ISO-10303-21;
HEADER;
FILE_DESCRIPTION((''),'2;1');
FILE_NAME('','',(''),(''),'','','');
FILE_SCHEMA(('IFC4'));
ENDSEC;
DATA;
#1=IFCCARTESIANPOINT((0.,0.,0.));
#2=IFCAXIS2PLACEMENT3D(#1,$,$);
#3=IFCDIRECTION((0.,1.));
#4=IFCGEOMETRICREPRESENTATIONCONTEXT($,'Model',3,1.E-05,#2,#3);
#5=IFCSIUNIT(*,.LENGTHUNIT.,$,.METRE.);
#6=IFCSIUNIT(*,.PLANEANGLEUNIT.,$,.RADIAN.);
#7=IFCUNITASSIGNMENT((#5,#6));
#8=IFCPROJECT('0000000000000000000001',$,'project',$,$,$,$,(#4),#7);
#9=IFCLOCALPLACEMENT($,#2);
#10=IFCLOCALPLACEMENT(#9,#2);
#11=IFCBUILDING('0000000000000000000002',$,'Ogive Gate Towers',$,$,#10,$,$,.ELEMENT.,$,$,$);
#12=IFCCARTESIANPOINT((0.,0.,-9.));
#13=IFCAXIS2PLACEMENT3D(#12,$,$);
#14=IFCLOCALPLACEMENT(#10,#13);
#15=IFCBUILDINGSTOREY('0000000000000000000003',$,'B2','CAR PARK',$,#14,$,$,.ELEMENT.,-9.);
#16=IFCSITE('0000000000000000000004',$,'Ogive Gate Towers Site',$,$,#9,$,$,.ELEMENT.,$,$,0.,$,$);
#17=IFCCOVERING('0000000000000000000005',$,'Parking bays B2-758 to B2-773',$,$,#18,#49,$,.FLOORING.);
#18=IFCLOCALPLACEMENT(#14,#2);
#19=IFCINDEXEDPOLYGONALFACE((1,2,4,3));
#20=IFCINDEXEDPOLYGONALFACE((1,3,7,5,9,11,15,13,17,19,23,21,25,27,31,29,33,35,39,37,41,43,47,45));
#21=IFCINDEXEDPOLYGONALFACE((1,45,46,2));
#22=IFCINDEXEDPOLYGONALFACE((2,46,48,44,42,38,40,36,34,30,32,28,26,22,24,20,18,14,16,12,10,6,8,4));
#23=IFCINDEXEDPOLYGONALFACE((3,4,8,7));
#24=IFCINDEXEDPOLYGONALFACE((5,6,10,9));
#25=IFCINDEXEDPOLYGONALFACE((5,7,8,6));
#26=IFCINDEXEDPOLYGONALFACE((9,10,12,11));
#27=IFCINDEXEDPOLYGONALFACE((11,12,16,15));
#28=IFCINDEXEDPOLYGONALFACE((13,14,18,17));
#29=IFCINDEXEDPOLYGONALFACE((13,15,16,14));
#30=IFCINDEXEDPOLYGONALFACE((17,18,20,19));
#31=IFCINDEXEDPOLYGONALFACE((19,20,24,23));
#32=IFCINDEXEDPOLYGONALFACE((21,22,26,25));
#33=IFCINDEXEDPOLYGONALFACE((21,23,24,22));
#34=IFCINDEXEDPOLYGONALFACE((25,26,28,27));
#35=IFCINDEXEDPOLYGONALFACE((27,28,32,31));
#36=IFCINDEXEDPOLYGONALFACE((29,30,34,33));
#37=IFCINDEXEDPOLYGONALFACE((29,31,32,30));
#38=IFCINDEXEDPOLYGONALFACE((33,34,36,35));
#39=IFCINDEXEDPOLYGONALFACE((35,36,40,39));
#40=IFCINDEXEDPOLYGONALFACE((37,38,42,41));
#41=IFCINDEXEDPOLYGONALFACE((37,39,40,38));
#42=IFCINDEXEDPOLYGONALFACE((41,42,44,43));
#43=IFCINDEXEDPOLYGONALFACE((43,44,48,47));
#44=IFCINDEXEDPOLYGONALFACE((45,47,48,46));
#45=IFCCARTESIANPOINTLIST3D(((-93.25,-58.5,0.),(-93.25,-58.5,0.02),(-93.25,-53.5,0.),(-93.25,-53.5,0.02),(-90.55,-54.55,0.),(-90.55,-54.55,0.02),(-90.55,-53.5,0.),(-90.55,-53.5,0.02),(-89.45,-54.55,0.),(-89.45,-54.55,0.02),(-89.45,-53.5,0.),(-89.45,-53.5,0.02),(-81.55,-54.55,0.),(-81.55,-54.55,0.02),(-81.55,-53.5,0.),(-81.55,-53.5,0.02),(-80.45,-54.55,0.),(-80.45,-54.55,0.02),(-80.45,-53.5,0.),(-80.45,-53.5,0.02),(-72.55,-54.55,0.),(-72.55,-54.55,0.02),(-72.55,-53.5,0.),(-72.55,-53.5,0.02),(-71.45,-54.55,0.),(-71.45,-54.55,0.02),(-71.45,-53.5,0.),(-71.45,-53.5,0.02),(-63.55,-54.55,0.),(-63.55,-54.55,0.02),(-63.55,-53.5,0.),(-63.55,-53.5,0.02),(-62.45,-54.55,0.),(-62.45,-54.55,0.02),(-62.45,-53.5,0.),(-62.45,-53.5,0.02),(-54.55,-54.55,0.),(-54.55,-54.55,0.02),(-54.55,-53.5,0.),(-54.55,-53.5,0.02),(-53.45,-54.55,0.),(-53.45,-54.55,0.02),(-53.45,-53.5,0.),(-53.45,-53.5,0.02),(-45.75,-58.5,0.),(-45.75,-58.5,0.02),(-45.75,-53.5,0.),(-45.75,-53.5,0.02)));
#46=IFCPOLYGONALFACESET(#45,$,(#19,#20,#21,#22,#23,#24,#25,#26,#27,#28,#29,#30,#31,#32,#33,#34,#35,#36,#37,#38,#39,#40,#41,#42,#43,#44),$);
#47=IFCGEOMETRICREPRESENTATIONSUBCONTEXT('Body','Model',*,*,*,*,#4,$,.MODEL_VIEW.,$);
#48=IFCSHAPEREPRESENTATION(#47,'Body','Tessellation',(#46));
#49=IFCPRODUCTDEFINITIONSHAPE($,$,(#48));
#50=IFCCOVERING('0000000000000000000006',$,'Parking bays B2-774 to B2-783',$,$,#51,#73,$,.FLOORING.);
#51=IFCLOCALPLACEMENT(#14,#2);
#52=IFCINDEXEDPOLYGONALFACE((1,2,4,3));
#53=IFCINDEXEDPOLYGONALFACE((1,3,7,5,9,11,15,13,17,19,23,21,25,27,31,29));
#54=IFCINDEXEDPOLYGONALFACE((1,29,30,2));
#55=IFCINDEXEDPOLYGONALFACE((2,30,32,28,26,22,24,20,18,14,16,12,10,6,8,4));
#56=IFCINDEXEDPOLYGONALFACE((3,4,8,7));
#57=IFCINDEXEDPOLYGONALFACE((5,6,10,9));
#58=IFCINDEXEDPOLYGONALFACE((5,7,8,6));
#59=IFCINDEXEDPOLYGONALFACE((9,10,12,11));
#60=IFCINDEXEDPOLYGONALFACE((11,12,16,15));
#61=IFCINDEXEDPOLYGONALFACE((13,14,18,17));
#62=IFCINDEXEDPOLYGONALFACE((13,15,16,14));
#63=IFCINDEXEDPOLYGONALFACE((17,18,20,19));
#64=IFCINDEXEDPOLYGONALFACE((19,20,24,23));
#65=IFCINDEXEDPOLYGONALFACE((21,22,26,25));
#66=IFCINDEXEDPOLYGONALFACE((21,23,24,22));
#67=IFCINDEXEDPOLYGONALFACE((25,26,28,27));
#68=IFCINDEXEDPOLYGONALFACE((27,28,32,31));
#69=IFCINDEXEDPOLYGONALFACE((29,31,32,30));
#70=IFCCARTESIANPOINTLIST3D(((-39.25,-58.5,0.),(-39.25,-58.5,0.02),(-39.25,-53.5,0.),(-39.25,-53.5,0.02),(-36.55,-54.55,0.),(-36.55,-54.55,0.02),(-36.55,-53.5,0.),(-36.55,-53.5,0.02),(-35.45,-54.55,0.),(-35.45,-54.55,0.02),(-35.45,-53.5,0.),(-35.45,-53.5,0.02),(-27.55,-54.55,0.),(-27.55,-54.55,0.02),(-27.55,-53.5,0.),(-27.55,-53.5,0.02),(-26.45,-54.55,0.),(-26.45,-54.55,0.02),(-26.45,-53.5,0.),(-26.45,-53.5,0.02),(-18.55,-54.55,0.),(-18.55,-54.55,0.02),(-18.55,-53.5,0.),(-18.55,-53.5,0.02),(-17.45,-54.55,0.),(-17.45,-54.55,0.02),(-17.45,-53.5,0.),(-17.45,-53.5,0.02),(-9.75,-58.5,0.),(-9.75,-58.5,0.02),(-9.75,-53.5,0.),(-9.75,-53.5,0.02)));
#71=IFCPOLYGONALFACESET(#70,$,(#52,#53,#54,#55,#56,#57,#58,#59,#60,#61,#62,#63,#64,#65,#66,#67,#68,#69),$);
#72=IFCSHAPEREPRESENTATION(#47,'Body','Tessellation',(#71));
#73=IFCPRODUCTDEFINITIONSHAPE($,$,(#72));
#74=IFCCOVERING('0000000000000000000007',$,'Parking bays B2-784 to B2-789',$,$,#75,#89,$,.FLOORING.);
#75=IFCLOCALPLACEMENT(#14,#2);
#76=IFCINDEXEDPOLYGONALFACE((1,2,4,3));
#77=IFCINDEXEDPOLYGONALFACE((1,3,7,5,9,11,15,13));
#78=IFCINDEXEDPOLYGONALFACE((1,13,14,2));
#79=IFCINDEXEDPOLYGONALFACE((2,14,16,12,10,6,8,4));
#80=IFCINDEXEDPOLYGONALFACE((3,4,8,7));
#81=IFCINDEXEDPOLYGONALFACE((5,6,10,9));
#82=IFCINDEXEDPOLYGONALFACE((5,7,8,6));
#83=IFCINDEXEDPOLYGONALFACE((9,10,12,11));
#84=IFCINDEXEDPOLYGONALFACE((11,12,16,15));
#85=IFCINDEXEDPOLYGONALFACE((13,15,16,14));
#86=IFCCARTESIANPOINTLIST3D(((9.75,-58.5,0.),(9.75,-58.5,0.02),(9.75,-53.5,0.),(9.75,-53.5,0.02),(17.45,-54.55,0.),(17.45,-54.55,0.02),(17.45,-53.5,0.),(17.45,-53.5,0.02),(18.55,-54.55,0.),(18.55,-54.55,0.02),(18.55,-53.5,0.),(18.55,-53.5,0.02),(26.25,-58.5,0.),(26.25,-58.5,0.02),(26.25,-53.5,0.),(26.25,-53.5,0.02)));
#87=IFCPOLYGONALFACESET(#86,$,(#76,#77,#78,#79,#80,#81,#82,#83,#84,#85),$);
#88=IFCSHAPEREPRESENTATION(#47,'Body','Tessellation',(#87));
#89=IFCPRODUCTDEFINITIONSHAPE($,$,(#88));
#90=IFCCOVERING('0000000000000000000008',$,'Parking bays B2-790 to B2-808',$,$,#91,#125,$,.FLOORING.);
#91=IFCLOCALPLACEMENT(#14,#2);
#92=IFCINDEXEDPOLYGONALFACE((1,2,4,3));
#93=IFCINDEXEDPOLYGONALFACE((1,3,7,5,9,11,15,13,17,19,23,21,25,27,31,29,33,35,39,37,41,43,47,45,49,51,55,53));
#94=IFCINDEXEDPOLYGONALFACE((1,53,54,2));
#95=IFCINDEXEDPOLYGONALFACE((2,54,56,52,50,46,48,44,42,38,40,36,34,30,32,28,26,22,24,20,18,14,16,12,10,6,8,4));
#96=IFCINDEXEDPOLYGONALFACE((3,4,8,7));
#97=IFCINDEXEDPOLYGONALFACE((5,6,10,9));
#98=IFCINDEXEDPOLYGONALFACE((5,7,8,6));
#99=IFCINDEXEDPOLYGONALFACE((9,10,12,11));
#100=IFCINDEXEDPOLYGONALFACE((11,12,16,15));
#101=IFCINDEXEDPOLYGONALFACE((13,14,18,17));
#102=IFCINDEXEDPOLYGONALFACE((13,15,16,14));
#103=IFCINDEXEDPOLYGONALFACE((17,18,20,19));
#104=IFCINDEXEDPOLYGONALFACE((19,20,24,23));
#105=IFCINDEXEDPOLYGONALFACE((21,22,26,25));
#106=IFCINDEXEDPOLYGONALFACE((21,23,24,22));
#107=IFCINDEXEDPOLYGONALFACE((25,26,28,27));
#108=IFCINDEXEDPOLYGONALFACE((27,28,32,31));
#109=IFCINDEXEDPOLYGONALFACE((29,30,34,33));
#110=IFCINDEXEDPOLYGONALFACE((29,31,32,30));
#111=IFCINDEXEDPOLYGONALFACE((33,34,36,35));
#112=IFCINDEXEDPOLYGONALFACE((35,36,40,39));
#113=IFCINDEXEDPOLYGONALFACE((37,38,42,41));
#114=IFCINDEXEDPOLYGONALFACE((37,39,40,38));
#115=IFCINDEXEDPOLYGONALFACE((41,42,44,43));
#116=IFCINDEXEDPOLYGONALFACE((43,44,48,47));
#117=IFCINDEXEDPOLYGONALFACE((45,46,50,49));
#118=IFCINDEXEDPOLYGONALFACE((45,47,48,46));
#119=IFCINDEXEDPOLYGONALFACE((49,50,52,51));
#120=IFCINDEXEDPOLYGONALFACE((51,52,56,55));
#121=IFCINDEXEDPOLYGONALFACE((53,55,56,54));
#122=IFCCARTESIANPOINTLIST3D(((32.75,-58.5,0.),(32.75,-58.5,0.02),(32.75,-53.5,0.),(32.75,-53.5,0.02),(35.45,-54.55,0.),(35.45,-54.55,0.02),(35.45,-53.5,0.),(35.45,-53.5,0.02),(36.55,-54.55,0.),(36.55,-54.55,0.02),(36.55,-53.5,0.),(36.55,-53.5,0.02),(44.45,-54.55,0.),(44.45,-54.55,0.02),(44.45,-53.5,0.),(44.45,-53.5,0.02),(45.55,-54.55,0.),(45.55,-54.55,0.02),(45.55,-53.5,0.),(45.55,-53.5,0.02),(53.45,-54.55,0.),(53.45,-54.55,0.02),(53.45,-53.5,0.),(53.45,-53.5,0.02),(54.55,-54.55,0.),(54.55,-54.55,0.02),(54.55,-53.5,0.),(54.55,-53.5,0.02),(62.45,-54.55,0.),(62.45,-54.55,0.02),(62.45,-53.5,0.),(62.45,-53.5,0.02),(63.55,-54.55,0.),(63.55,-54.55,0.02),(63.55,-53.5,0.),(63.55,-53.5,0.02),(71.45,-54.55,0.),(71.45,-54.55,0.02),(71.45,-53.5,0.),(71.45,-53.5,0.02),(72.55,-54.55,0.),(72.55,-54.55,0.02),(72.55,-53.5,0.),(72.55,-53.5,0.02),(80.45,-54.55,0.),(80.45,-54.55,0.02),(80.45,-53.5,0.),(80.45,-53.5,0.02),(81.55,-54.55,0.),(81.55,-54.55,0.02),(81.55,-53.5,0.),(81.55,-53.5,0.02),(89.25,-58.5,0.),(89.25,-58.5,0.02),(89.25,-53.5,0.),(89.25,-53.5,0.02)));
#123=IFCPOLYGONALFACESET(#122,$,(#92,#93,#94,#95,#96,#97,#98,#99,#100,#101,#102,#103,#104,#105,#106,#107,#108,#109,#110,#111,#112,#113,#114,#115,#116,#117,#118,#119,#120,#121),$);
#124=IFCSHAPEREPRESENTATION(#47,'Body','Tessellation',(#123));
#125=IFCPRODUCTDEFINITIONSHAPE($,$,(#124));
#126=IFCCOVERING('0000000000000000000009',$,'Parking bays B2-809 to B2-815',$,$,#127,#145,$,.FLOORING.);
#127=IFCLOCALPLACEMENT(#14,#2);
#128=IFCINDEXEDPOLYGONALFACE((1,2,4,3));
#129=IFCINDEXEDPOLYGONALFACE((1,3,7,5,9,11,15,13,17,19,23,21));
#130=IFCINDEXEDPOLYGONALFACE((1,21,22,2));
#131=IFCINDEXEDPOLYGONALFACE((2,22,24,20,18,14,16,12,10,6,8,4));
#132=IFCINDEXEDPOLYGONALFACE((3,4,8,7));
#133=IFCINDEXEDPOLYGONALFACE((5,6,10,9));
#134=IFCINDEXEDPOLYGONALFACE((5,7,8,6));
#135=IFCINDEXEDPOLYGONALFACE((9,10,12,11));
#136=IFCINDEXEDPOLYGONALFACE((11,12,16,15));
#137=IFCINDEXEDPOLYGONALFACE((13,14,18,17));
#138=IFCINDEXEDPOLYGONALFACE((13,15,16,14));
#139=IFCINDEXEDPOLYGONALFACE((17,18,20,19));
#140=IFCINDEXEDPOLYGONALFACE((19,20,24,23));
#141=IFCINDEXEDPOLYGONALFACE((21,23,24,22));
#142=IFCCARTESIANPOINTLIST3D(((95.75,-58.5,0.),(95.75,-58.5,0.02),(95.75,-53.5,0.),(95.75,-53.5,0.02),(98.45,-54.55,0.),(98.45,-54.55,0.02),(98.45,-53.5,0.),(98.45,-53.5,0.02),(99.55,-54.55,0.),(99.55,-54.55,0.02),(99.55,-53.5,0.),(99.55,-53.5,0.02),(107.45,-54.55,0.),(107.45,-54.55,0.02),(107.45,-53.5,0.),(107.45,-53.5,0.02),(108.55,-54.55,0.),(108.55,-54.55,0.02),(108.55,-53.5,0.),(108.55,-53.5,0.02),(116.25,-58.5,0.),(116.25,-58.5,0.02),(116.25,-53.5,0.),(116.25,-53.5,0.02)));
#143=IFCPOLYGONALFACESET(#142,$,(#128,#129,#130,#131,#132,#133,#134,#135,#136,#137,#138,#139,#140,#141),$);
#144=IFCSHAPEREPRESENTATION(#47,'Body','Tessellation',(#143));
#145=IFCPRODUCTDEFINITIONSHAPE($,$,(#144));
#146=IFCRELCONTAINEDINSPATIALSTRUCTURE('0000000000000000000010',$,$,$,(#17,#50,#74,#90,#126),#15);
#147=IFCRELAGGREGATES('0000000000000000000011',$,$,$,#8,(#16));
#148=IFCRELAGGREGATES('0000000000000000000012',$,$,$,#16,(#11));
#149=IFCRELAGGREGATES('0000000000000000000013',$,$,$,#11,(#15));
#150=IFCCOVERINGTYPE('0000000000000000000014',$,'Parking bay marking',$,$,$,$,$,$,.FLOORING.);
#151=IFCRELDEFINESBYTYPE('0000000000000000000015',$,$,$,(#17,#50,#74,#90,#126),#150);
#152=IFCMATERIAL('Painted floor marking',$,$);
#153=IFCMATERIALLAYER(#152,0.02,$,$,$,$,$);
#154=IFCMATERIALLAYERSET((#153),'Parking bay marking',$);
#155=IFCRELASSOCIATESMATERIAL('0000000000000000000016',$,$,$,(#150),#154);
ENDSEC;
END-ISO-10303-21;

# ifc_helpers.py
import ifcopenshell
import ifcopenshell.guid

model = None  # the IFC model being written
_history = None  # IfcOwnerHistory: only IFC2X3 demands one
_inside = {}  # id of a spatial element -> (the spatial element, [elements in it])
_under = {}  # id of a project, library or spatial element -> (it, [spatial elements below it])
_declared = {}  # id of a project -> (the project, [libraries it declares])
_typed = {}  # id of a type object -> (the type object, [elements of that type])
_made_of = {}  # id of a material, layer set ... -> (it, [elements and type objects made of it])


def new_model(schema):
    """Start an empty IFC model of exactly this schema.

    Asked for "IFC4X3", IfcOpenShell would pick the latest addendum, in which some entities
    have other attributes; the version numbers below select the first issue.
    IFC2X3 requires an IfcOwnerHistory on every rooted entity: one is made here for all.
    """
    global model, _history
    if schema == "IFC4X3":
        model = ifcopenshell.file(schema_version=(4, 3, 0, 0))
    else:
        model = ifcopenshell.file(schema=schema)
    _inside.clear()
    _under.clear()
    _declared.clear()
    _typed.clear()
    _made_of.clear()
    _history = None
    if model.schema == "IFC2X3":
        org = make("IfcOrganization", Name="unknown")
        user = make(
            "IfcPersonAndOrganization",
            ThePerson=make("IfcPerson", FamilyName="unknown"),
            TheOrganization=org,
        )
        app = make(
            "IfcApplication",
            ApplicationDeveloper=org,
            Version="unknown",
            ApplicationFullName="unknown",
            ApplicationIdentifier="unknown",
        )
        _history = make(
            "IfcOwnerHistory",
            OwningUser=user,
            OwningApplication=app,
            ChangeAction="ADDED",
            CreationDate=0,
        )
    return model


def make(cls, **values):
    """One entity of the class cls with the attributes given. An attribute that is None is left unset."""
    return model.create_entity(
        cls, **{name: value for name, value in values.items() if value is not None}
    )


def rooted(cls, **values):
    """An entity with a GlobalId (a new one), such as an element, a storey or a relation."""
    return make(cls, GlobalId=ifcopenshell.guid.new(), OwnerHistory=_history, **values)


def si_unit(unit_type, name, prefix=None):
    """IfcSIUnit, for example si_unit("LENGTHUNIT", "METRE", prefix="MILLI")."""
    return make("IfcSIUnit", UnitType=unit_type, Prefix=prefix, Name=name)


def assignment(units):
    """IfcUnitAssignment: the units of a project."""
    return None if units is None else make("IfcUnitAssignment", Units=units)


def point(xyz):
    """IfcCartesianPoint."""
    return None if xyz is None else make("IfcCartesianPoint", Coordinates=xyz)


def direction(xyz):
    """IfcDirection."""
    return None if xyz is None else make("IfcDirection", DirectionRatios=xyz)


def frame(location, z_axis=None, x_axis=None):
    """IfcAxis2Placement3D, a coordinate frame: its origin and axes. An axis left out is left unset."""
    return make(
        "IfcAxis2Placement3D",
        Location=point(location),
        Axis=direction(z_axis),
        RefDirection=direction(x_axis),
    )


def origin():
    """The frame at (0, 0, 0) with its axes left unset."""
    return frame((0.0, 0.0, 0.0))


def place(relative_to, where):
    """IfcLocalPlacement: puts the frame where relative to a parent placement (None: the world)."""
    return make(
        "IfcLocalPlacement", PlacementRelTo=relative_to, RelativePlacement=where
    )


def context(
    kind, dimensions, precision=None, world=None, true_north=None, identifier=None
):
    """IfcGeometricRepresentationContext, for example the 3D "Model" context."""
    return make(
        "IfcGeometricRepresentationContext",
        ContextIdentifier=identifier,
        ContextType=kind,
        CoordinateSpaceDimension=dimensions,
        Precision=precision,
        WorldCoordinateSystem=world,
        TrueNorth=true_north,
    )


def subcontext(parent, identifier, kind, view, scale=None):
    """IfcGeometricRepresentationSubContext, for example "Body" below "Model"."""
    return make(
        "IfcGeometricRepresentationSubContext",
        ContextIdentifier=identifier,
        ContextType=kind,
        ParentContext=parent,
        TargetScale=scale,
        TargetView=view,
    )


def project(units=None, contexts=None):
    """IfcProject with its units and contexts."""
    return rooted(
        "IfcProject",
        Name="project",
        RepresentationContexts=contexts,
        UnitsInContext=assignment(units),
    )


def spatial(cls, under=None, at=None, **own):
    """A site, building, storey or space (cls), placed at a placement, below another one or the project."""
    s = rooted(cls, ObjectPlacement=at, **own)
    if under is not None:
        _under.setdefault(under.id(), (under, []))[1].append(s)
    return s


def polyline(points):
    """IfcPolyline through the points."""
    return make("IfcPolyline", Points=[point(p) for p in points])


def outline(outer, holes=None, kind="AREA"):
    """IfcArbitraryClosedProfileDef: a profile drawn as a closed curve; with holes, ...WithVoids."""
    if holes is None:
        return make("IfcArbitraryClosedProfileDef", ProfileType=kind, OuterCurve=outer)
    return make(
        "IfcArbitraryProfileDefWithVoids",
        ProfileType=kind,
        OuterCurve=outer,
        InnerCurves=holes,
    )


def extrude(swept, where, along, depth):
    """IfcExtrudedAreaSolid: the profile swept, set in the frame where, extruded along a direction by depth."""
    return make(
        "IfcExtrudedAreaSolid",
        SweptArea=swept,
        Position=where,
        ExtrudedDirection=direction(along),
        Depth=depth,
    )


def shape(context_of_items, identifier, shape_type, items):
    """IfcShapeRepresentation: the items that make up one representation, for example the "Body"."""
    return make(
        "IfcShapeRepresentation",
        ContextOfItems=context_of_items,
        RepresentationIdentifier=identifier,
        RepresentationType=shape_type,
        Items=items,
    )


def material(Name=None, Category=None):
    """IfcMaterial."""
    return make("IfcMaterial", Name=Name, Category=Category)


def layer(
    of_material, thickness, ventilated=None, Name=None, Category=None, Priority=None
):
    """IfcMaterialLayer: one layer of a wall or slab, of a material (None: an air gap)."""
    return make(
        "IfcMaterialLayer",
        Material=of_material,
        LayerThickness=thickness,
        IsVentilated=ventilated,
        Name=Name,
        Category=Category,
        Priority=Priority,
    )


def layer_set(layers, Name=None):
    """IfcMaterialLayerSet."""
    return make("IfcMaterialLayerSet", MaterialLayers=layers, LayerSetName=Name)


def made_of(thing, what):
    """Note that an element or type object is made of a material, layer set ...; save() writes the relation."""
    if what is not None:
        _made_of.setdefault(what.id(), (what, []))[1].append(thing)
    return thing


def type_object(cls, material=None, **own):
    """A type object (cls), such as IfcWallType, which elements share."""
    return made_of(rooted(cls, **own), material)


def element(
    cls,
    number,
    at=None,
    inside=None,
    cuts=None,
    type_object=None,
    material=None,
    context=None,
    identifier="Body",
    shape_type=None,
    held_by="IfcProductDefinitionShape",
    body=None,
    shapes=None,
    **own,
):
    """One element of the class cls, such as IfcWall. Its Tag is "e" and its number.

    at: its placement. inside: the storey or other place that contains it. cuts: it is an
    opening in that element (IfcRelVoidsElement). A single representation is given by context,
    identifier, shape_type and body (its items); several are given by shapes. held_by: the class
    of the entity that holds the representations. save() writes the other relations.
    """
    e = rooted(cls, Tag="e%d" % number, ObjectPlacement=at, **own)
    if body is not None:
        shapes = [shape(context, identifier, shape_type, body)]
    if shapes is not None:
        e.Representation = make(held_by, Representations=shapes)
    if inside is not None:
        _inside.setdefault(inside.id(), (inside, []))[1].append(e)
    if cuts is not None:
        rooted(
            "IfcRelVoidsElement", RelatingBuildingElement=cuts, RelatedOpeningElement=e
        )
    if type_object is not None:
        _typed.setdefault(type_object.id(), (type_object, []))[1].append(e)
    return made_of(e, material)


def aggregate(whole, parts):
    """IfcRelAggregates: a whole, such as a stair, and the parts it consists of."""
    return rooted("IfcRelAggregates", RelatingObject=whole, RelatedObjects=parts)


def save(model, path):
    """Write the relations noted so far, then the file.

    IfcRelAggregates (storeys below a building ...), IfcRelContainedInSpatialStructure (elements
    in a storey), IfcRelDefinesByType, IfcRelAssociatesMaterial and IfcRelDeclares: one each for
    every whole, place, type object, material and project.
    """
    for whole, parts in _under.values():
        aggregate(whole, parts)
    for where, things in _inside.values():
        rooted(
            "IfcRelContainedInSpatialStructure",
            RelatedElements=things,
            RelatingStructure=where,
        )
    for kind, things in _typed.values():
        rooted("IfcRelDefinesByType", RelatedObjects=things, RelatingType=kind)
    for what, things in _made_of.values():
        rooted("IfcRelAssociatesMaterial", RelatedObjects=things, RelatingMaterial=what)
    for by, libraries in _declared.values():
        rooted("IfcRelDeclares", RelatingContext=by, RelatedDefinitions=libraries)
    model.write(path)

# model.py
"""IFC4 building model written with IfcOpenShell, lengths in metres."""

from ifc_helpers import new_model, si_unit, direction, frame, origin, place, context, subcontext, project, spatial, polyline, outline, extrude, material, layer, layer_set, type_object, element, save


model = new_model("IFC4")

# Units and contexts
model_context = context("Model", 3, precision=1e-05, world=origin(), true_north=direction((0.0, 1.0)))
body_context = subcontext(model_context, "Body", "Model", "MODEL_VIEW")
ifc_project = project(units=[si_unit("LENGTHUNIT", "METRE"), si_unit("PLANEANGLEUNIT", "RADIAN")], contexts=[model_context])

# Site, building, storey
site_placement = place(None, origin())
site = spatial("IfcSite", under=ifc_project, at=site_placement, Name="Ogive Gate Towers Site", CompositionType="ELEMENT", RefElevation=0.0)
building_placement = place(site_placement, origin())
building = spatial("IfcBuilding", under=site, at=building_placement, Name="Ogive Gate Towers", CompositionType="ELEMENT")
storey_placement = place(building_placement, frame((0.0, 0.0, -9.0)))
storey = spatial("IfcBuildingStorey", under=building, at=storey_placement, Name="B2", Description="CAR PARK", CompositionType="ELEMENT", Elevation=-9.0)

# Coverings
ifc_material_1 = material(Name="Painted floor marking")
ifc_layer_1 = layer(ifc_material_1, 0.02)
ifc_layer_set_1 = layer_set([ifc_layer_1], Name="Parking bay marking")
covering_type_1 = type_object("IfcCoveringType", Name="Parking bay marking", PredefinedType="FLOORING", material=ifc_layer_set_1)
covering_1_placement = place(storey_placement, origin())
element("IfcCovering", 1, at=covering_1_placement, inside=storey, type_object=covering_type_1, Name="Parking bays B2-758 to B2-773", PredefinedType="FLOORING", context=body_context, shape_type="SweptSolid", body=[
    extrude(outline(polyline([(-90.55, -53.5), (-90.55, -54.55), (-89.45, -54.55), (-89.45, -53.5), (-81.55, -53.5), (-81.55, -54.55), (-80.45, -54.55), (-80.45, -53.5), (-72.55, -53.5), (-72.55, -54.55), (-71.45, -54.55), (-71.45, -53.5), (-63.55, -53.5), (-63.55, -54.55), (-62.45, -54.55), (-62.45, -53.5), (-54.55, -53.5), (-54.55, -54.55), (-53.45, -54.55), (-53.45, -53.5), (-45.75, -53.5), (-45.75, -58.5), (-93.25, -58.5), (-93.25, -53.5), (-90.55, -53.5)])), origin(), (0.0, 0.0, 1.0), 0.02),
])
covering_2_placement = place(storey_placement, origin())
element("IfcCovering", 2, at=covering_2_placement, inside=storey, type_object=covering_type_1, Name="Parking bays B2-774 to B2-783", PredefinedType="FLOORING", context=body_context, shape_type="SweptSolid", body=[
    extrude(outline(polyline([(-36.55, -53.5), (-36.55, -54.55), (-35.45, -54.55), (-35.45, -53.5), (-27.55, -53.5), (-27.55, -54.55), (-26.45, -54.55), (-26.45, -53.5), (-18.55, -53.5), (-18.55, -54.55), (-17.45, -54.55), (-17.45, -53.5), (-9.75, -53.5), (-9.75, -58.5), (-39.25, -58.5), (-39.25, -53.5), (-36.55, -53.5)])), origin(), (0.0, 0.0, 1.0), 0.02),
])
covering_3_placement = place(storey_placement, origin())
element("IfcCovering", 3, at=covering_3_placement, inside=storey, type_object=covering_type_1, Name="Parking bays B2-784 to B2-789", PredefinedType="FLOORING", context=body_context, shape_type="SweptSolid", body=[
    extrude(outline(polyline([(9.75, -53.5), (17.45, -53.5), (17.45, -54.55), (18.55, -54.55), (18.55, -53.5), (26.25, -53.5), (26.25, -58.5), (9.75, -58.5), (9.75, -53.5)])), origin(), (0.0, 0.0, 1.0), 0.02),
])
covering_4_placement = place(storey_placement, origin())
element("IfcCovering", 4, at=covering_4_placement, inside=storey, type_object=covering_type_1, Name="Parking bays B2-790 to B2-808", PredefinedType="FLOORING", context=body_context, shape_type="SweptSolid", body=[
    extrude(outline(polyline([(35.45, -53.5), (35.45, -54.55), (36.55, -54.55), (36.55, -53.5), (44.45, -53.5), (44.45, -54.55), (45.55, -54.55), (45.55, -53.5), (53.45, -53.5), (53.45, -54.55), (54.55, -54.55), (54.55, -53.5), (62.45, -53.5), (62.45, -54.55), (63.55, -54.55), (63.55, -53.5), (71.45, -53.5), (71.45, -54.55), (72.55, -54.55), (72.55, -53.5), (80.45, -53.5), (80.45, -54.55), (81.55, -54.55), (81.55, -53.5), (89.25, -53.5), (89.25, -58.5), (32.75, -58.5), (32.75, -53.5), (35.45, -53.5)])), origin(), (0.0, 0.0, 1.0), 0.02),
])
covering_5_placement = place(storey_placement, origin())
element("IfcCovering", 5, at=covering_5_placement, inside=storey, type_object=covering_type_1, Name="Parking bays B2-809 to B2-815", PredefinedType="FLOORING", context=body_context, shape_type="SweptSolid", body=[
    extrude(outline(polyline([(98.45, -53.5), (98.45, -54.55), (99.55, -54.55), (99.55, -53.5), (107.45, -53.5), (107.45, -54.55), (108.55, -54.55), (108.55, -53.5), (116.25, -53.5), (116.25, -58.5), (95.75, -58.5), (95.75, -53.5), (98.45, -53.5)])), origin(), (0.0, 0.0, 1.0), 0.02),
])

save(model, "model.ifc")
